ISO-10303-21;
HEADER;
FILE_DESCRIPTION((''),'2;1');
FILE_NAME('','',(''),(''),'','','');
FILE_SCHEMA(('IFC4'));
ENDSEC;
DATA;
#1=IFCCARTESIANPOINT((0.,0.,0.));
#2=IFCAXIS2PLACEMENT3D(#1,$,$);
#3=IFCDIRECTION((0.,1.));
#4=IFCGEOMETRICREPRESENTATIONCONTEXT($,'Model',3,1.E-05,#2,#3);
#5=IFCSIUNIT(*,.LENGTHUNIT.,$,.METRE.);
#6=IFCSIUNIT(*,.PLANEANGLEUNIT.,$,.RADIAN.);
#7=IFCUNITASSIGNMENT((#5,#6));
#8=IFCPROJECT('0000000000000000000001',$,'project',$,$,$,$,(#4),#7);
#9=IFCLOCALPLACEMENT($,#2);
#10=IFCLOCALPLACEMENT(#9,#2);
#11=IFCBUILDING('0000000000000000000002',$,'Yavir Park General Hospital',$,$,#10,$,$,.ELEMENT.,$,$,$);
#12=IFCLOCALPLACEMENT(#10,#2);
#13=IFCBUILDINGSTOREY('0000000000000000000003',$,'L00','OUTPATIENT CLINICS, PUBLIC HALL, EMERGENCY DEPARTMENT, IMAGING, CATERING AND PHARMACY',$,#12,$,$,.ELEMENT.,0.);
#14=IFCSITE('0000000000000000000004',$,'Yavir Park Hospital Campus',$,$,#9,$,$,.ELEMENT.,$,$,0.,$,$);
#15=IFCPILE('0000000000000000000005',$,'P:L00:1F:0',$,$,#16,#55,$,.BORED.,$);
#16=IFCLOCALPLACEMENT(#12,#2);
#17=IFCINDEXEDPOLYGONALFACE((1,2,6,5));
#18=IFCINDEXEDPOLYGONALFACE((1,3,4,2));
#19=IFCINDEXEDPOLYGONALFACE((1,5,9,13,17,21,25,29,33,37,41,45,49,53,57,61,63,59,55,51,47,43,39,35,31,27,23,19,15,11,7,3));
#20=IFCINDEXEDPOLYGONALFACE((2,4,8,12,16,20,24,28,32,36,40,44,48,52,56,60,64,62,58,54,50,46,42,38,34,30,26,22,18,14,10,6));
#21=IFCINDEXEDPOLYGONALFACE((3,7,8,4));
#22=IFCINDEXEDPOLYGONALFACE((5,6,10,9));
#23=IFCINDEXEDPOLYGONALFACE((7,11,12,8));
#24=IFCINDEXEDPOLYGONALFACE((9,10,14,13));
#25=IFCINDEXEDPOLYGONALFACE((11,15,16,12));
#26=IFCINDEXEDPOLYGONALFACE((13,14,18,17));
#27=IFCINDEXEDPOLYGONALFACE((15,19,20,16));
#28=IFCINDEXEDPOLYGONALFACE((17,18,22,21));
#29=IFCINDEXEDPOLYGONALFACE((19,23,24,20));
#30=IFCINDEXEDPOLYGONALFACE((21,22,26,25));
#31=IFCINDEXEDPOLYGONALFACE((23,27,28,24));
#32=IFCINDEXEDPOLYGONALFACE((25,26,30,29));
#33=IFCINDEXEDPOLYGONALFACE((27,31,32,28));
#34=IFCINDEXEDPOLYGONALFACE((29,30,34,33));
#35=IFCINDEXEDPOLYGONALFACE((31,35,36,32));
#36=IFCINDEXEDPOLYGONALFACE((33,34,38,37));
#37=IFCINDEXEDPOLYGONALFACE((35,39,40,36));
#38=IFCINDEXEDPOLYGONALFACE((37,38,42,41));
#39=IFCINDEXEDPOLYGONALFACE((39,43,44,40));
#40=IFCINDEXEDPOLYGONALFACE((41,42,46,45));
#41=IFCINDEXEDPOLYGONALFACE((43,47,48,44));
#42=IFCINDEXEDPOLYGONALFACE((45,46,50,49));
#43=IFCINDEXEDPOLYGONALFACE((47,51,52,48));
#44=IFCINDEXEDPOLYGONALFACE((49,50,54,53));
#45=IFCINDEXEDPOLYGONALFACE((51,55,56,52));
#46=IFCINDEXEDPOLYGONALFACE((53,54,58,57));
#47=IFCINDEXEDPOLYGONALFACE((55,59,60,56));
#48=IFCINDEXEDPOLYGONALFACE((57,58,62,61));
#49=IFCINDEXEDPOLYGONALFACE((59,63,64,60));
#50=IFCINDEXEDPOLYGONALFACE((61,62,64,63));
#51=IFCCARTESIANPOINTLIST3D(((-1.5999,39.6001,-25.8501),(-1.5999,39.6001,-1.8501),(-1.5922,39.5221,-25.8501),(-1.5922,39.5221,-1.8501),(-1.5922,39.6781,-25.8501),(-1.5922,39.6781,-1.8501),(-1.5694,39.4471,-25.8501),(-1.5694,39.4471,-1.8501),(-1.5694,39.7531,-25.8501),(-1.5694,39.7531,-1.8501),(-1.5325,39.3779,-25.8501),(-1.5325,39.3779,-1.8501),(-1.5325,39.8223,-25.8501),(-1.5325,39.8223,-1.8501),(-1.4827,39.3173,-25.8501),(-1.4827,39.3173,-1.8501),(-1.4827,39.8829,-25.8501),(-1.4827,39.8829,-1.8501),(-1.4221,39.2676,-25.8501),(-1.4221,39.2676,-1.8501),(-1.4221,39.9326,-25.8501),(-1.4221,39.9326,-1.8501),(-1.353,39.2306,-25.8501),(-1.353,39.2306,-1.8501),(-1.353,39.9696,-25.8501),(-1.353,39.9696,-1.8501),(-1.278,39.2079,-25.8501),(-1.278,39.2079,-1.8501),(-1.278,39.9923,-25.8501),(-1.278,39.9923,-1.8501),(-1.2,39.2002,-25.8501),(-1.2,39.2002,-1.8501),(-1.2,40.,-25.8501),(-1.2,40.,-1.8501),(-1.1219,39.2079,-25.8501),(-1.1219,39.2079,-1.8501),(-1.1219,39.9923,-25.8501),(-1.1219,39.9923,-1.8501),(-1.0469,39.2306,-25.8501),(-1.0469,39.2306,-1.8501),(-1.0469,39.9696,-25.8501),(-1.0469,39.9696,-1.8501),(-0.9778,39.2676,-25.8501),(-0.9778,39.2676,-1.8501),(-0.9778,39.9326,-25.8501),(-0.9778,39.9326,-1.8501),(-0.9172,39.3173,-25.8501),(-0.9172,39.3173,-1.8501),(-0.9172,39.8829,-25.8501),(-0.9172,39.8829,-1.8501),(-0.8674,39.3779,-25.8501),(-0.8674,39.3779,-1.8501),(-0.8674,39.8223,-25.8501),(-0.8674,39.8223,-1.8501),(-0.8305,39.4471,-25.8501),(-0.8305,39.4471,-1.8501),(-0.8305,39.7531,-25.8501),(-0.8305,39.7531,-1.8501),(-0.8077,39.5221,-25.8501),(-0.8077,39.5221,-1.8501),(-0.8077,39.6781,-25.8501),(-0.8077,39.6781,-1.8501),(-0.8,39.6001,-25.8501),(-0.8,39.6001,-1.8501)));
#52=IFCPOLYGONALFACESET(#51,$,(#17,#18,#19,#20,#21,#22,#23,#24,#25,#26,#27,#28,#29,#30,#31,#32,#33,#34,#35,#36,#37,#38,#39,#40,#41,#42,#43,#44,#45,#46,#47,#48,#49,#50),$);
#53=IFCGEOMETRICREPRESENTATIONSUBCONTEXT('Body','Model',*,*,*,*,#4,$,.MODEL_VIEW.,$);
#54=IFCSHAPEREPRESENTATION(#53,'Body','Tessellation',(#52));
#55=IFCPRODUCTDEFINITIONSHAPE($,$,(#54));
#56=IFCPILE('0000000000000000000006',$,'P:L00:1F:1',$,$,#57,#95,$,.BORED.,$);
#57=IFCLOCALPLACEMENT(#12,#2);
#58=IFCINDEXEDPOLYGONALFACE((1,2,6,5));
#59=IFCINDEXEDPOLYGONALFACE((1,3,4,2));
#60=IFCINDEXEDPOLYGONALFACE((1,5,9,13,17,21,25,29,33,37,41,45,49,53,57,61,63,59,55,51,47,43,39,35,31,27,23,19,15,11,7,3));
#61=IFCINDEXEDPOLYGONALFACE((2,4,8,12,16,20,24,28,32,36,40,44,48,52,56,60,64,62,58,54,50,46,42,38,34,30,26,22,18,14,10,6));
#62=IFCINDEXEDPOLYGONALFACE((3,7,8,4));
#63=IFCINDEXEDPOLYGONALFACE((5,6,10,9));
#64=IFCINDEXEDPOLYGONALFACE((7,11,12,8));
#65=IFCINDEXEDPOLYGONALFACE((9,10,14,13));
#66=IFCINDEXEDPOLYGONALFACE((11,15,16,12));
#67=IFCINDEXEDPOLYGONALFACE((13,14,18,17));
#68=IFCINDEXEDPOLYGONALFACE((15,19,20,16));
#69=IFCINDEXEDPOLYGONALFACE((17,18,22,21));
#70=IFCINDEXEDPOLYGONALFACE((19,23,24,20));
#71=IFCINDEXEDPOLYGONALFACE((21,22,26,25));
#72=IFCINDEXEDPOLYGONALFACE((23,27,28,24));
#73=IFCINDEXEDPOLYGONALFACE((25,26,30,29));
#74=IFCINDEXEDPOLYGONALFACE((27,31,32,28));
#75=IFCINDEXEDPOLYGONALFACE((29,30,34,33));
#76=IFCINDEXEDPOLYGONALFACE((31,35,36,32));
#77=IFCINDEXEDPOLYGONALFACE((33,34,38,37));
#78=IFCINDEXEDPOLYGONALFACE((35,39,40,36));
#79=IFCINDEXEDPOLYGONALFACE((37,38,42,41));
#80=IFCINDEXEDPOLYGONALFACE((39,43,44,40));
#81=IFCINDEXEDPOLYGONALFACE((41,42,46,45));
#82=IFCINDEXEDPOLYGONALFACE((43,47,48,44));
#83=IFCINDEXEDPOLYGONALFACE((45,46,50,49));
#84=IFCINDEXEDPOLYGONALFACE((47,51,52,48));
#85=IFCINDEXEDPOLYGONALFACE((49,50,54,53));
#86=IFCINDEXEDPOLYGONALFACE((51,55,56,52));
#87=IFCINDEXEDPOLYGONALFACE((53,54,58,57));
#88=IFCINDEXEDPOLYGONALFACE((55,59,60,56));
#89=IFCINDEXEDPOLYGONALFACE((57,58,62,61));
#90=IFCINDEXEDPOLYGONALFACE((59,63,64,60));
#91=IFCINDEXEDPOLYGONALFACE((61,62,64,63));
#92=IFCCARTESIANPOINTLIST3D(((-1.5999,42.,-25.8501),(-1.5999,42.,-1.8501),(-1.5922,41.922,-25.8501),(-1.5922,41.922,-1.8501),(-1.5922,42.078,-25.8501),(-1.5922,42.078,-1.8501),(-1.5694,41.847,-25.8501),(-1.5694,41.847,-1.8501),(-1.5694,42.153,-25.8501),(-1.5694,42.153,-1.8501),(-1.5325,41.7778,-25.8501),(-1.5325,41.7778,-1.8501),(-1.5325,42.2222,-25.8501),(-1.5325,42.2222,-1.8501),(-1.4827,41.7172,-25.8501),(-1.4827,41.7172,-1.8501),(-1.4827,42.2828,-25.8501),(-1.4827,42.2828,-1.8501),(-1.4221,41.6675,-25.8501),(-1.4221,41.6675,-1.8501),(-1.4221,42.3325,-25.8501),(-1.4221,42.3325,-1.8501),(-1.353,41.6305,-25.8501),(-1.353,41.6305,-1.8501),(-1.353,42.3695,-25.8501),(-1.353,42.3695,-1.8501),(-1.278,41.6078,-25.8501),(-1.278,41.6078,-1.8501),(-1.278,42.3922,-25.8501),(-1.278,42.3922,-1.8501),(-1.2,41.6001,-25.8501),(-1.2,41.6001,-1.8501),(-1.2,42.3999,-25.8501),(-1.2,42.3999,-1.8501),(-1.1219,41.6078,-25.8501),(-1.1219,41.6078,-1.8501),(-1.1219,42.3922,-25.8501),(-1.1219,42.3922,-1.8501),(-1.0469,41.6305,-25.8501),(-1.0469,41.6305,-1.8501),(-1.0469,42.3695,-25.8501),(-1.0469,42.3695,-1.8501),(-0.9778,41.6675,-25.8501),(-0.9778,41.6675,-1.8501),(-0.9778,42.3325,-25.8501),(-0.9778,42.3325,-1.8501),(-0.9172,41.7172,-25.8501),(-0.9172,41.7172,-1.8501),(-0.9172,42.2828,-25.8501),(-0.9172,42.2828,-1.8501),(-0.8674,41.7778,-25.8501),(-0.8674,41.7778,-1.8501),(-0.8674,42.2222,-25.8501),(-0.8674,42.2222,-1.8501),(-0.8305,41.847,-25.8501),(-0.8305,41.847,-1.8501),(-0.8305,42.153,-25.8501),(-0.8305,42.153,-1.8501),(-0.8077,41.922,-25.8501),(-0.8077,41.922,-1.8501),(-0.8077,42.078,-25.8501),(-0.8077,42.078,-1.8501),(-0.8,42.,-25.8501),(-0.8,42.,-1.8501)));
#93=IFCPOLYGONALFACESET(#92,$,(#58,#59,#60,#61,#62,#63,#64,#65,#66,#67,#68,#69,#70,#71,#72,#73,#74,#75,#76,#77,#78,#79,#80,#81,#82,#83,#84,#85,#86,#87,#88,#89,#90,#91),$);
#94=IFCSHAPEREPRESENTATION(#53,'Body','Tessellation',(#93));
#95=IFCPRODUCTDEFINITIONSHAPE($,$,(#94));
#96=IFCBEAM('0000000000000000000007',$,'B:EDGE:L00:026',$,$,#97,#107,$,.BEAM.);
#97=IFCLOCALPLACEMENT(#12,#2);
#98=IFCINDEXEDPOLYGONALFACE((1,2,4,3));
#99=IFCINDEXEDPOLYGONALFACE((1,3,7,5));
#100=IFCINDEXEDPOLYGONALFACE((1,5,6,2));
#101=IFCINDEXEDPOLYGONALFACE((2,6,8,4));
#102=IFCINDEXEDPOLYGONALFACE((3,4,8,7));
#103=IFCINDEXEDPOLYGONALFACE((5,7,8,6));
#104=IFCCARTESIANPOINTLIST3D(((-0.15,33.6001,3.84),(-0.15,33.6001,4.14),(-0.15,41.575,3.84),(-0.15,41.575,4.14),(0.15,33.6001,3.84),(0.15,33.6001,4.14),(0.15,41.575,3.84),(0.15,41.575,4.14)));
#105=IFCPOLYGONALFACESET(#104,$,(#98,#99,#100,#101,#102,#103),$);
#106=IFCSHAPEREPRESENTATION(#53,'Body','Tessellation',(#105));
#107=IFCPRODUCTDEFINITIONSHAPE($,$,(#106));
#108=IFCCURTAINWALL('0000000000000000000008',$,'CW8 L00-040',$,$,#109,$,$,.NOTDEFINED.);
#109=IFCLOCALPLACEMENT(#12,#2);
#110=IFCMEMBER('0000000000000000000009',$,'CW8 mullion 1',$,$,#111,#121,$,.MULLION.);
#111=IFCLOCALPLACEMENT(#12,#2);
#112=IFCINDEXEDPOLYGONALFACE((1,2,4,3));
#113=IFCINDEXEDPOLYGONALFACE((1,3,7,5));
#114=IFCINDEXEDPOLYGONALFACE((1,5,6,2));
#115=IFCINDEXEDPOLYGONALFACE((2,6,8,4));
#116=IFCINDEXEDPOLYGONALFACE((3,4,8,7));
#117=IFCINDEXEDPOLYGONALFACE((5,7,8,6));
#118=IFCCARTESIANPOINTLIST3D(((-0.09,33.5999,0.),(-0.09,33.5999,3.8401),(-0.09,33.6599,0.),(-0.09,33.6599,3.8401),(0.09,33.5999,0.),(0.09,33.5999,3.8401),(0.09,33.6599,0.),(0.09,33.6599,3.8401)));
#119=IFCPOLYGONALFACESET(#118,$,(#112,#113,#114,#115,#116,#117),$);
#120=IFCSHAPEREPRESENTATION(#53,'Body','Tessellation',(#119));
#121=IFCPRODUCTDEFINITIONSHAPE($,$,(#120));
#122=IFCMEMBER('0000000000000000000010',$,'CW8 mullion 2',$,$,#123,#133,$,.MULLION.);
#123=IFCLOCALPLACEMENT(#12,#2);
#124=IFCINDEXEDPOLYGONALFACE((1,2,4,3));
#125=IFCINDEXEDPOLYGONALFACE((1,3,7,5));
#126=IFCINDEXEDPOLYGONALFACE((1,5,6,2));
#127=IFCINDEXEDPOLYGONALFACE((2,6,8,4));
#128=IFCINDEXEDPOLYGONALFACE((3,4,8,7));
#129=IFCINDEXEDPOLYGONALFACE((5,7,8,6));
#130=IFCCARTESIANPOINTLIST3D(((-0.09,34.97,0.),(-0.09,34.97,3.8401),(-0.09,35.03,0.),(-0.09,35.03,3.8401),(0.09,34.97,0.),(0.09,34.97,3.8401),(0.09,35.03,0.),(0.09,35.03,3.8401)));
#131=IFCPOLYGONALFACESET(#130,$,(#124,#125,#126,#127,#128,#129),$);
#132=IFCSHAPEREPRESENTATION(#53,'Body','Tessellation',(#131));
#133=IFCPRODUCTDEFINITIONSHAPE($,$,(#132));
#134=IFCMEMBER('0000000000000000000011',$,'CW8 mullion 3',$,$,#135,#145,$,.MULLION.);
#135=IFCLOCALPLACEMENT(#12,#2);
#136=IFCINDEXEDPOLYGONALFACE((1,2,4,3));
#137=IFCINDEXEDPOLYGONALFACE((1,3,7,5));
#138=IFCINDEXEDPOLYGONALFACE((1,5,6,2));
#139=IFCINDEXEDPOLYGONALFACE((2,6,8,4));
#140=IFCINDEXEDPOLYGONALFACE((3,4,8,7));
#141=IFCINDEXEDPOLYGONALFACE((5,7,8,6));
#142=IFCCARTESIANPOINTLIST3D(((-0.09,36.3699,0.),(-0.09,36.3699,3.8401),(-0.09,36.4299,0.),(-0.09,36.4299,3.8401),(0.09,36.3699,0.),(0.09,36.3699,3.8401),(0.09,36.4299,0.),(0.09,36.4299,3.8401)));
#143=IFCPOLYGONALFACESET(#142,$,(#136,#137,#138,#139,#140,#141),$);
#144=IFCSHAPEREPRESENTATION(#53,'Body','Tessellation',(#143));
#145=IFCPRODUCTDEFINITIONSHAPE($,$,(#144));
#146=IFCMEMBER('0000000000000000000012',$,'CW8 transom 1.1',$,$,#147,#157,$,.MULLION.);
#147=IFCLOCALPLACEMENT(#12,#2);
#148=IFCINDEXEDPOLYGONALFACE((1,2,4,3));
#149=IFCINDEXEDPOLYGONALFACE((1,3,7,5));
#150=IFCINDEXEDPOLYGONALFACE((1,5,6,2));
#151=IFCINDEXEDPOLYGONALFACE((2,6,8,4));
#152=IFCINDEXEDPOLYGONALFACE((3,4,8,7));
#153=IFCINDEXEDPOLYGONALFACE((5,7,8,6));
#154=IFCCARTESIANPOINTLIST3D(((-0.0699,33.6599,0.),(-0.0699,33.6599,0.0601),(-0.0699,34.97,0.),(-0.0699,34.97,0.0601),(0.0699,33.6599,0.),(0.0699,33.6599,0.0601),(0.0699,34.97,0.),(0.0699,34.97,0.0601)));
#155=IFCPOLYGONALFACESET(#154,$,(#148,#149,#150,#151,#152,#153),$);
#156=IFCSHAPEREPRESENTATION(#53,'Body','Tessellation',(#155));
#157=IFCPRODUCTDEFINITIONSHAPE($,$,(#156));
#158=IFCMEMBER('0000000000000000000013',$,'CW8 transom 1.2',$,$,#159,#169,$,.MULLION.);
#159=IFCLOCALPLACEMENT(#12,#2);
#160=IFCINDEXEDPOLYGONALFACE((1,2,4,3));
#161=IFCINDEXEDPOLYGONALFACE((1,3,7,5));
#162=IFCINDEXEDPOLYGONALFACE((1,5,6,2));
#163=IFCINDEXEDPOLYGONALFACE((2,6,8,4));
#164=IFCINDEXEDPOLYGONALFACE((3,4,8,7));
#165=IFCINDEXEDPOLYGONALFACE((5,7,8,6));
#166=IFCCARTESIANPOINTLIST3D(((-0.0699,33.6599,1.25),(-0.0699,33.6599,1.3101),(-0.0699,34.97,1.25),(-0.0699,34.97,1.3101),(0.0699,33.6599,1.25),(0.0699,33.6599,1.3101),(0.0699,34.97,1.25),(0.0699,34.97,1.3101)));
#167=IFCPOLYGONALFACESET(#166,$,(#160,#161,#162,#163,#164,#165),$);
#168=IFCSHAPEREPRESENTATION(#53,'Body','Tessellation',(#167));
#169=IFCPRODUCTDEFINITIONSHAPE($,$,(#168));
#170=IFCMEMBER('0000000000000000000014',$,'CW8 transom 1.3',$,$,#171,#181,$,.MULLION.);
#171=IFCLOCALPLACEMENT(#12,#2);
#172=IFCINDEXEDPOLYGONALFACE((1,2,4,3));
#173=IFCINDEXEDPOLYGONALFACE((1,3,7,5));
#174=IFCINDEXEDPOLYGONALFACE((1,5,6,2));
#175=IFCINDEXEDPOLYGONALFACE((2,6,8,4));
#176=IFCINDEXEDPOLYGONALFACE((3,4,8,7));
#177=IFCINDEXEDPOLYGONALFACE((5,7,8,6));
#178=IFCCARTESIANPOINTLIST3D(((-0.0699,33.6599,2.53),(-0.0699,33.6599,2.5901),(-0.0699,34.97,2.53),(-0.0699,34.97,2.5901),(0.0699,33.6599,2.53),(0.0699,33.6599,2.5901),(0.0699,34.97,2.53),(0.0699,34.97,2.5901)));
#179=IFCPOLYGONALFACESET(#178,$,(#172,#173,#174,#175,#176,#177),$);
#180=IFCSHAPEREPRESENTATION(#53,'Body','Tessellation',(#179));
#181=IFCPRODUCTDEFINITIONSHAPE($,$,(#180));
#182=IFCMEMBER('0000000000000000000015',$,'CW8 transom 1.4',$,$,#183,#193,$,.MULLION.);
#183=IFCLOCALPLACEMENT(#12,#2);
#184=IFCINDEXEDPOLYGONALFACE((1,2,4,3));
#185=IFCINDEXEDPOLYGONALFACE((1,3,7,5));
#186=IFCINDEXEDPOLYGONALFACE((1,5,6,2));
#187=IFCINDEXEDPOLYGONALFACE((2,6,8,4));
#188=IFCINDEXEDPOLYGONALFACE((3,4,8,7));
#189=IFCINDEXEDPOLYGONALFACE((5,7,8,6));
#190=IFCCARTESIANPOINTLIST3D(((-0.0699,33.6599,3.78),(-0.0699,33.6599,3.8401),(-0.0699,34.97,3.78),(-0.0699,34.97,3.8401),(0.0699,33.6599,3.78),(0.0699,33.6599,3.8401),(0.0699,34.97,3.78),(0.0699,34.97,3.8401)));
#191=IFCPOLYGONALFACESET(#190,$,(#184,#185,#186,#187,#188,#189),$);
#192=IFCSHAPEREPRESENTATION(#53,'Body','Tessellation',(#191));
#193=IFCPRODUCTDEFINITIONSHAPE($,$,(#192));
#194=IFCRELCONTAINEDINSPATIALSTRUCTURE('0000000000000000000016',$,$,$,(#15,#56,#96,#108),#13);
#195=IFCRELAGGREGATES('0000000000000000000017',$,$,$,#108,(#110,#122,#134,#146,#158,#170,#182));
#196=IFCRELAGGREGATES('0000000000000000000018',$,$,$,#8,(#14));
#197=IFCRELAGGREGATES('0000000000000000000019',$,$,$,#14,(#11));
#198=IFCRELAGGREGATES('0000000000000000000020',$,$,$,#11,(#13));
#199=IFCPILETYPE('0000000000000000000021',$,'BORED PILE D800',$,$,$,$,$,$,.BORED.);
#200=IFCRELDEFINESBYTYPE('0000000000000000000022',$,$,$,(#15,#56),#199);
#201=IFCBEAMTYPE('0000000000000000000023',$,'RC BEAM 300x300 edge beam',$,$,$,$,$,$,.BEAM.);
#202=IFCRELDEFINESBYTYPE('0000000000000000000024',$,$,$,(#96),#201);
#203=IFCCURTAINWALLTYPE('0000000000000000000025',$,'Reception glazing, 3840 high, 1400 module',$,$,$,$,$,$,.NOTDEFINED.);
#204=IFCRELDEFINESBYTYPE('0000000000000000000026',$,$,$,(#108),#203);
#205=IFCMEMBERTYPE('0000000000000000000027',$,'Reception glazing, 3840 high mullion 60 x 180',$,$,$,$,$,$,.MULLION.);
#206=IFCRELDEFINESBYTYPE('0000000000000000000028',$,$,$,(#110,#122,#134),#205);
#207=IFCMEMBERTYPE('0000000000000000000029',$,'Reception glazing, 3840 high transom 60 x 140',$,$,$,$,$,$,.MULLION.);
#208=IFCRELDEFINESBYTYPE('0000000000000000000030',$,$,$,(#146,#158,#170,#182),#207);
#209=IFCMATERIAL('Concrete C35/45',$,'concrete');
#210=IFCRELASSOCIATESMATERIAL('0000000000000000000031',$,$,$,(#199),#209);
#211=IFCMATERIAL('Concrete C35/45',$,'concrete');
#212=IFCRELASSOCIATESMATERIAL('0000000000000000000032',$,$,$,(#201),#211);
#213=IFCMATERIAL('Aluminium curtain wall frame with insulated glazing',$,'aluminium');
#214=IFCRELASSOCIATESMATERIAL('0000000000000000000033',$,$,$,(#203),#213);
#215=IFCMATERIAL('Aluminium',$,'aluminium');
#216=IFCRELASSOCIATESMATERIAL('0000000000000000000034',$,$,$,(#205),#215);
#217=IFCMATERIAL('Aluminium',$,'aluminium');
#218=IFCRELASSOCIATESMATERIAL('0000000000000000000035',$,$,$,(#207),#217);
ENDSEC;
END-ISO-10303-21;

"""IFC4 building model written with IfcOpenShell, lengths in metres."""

from ifc_helpers import new_model, si_unit, direction, frame, origin, origin_2d, place, context, subcontext, project, spatial, rectangle, circle, extrude, material, material_profile, profile_set, type_object, element, aggregate, save


model = new_model("IFC4")

# Units and contexts
model_context = context("Model", 3, precision=1e-05, world=origin(), true_north=direction((0.0, 1.0)))
body_context = subcontext(model_context, "Body", "Model", "MODEL_VIEW")
ifc_project = project(units=[si_unit("LENGTHUNIT", "METRE"), si_unit("PLANEANGLEUNIT", "RADIAN")], contexts=[model_context])

# Site, building, storey
site_placement = place(None, origin())
site = spatial("IfcSite", under=ifc_project, at=site_placement, Name="Yavir Park Hospital Campus", CompositionType="ELEMENT", RefElevation=0.0)
building_placement = place(site_placement, origin())
building = spatial("IfcBuilding", under=site, at=building_placement, Name="Yavir Park General Hospital", CompositionType="ELEMENT")
storey_placement = place(building_placement, origin())
storey = spatial("IfcBuildingStorey", under=building, at=storey_placement, Name="L00", Description="OUTPATIENT CLINICS, PUBLIC HALL, EMERGENCY DEPARTMENT, IMAGING, CATERING AND PHARMACY", CompositionType="ELEMENT", Elevation=0.0)

# Piles
ifc_material_1 = material(Name="Concrete C35/45", Category="concrete")
ifc_material_profile_1 = material_profile(ifc_material_1, circle(Radius=0.3999, at=origin_2d()), Name="D800")
ifc_profile_set_1 = profile_set([ifc_material_profile_1], Name="Concrete C35/45")
pile_type = type_object("IfcPileType", Name="BORED PILE D800", PredefinedType="BORED", material=ifc_profile_set_1)
for number, where, z_axis, x_axis, name in (
    (1, (-1.2, 39.6001, -1.8501), (0.0, 0.0, -1.0), (1.0, 0.0, 0.0), "P:L00:1F:0"),
    (2, (-1.2, 42.0, -1.8501), (0.0, 0.0, -1.0), (1.0, 0.0, 0.0), "P:L00:1F:1"),
):
    element("IfcPile", number, at=place(storey_placement, frame(where, z_axis=z_axis, x_axis=x_axis)), inside=storey, type_object=pile_type, Name=name, PredefinedType="BORED", context=body_context, shape_type="SweptSolid", body=[
        extrude(circle(Radius=0.3999, at=origin_2d()), origin(), (0.0, 0.0, 1.0), 24.0),
    ])

# Beam
ifc_material_2 = material(Name="Concrete C35/45", Category="concrete")
ifc_material_profile_2 = material_profile(ifc_material_2, rectangle(XDim=0.3, YDim=0.3, at=origin_2d()), Name="RC300x300")
ifc_profile_set_2 = profile_set([ifc_material_profile_2], Name="Concrete C35/45")
beam_type = type_object("IfcBeamType", Name="RC BEAM 300x300 edge beam", PredefinedType="BEAM", material=ifc_profile_set_2)
beam_placement = place(storey_placement, frame((0.0, 33.6001, 3.99), z_axis=(0.0, 1.0, 0.0), x_axis=(-1.0, 0.0, 0.0)))
element("IfcBeam", 3, at=beam_placement, inside=storey, type_object=beam_type, Name="B:EDGE:L00:026", PredefinedType="BEAM", context=body_context, shape_type="SweptSolid", body=[
    extrude(rectangle(XDim=0.3, YDim=0.3, at=origin_2d()), origin(), (0.0, 0.0, 1.0), 7.9749),
])

# Curtain wall, members
ifc_material_3 = material(Name="Aluminium curtain wall frame with insulated glazing", Category="aluminium")
curtain_wall_type_1 = type_object("IfcCurtainWallType", Name="Reception glazing, 3840 high, 1400 module", PredefinedType="NOTDEFINED", material=ifc_material_3)
curtain_wall_1_placement = place(storey_placement, origin())
curtain_wall_1 = element("IfcCurtainWall", 4, at=curtain_wall_1_placement, inside=storey, type_object=curtain_wall_type_1, Name="CW8 L00-040", PredefinedType="NOTDEFINED")
ifc_material_4 = material(Name="Aluminium", Category="aluminium")
ifc_material_profile_3 = material_profile(ifc_material_4, rectangle(XDim=0.1799, YDim=0.0601, at=origin_2d()), Name="AL 60x180")
ifc_profile_set_3 = profile_set([ifc_material_profile_3], Name="Aluminium")
member_type_1 = type_object("IfcMemberType", Name="Reception glazing, 3840 high mullion 60 x 180", PredefinedType="MULLION", material=ifc_profile_set_3)
member_1_placement = place(storey_placement, frame((0.0, 33.6299, 0.0), z_axis=(0.0, 0.0, 1.0), x_axis=(-1.0, 0.0, 0.0)))
member_1 = element("IfcMember", 5, at=member_1_placement, type_object=member_type_1, Name="CW8 mullion 1", PredefinedType="MULLION", context=body_context, shape_type="SweptSolid", body=[
    extrude(rectangle(XDim=0.1799, YDim=0.0601, at=origin_2d()), origin(), (0.0, 0.0, 1.0), 3.8401),
])
member_2_placement = place(storey_placement, frame((0.0, 35.0, 0.0), z_axis=(0.0, 0.0, 1.0), x_axis=(-1.0, 0.0, 0.0)))
member_2 = element("IfcMember", 6, at=member_2_placement, type_object=member_type_1, Name="CW8 mullion 2", PredefinedType="MULLION", context=body_context, shape_type="SweptSolid", body=[
    extrude(rectangle(XDim=0.1799, YDim=0.0601, at=origin_2d()), origin(), (0.0, 0.0, 1.0), 3.8401),
])
member_3_placement = place(storey_placement, frame((0.0, 36.3999, 0.0), z_axis=(0.0, 0.0, 1.0), x_axis=(-1.0, 0.0, 0.0)))
member_3 = element("IfcMember", 7, at=member_3_placement, type_object=member_type_1, Name="CW8 mullion 3", PredefinedType="MULLION", context=body_context, shape_type="SweptSolid", body=[
    extrude(rectangle(XDim=0.1799, YDim=0.0601, at=origin_2d()), origin(), (0.0, 0.0, 1.0), 3.8401),
])
ifc_material_5 = material(Name="Aluminium", Category="aluminium")
ifc_material_profile_4 = material_profile(ifc_material_5, rectangle(XDim=0.1399, YDim=0.0601, at=origin_2d()), Name="AL 140x60")
ifc_profile_set_4 = profile_set([ifc_material_profile_4], Name="Aluminium")
member_type_2 = type_object("IfcMemberType", Name="Reception glazing, 3840 high transom 60 x 140", PredefinedType="MULLION", material=ifc_profile_set_4)
member_4_placement = place(storey_placement, frame((0.0, 33.6599, 0.03), z_axis=(0.0, 1.0, 0.0), x_axis=(-1.0, 0.0, 0.0)))
member_4 = element("IfcMember", 8, at=member_4_placement, type_object=member_type_2, Name="CW8 transom 1.1", PredefinedType="MULLION", context=body_context, shape_type="SweptSolid", body=[
    extrude(rectangle(XDim=0.1399, YDim=0.0601, at=origin_2d()), origin(), (0.0, 0.0, 1.0), 1.3101),
])
member_5_placement = place(storey_placement, frame((0.0, 33.6599, 1.28), z_axis=(0.0, 1.0, 0.0), x_axis=(-1.0, 0.0, 0.0)))
member_5 = element("IfcMember", 9, at=member_5_placement, type_object=member_type_2, Name="CW8 transom 1.2", PredefinedType="MULLION", context=body_context, shape_type="SweptSolid", body=[
    extrude(rectangle(XDim=0.1399, YDim=0.0601, at=origin_2d()), origin(), (0.0, 0.0, 1.0), 1.3101),
])
member_6_placement = place(storey_placement, frame((0.0, 33.6599, 2.5601), z_axis=(0.0, 1.0, 0.0), x_axis=(-1.0, 0.0, 0.0)))
member_6 = element("IfcMember", 10, at=member_6_placement, type_object=member_type_2, Name="CW8 transom 1.3", PredefinedType="MULLION", context=body_context, shape_type="SweptSolid", body=[
    extrude(rectangle(XDim=0.1399, YDim=0.0601, at=origin_2d()), origin(), (0.0, 0.0, 1.0), 1.3101),
])
member_7_placement = place(storey_placement, frame((0.0, 33.6599, 3.8101), z_axis=(0.0, 1.0, 0.0), x_axis=(-1.0, 0.0, 0.0)))
member_7 = element("IfcMember", 11, at=member_7_placement, type_object=member_type_2, Name="CW8 transom 1.4", PredefinedType="MULLION", context=body_context, shape_type="SweptSolid", body=[
    extrude(rectangle(XDim=0.1399, YDim=0.0601, at=origin_2d()), origin(), (0.0, 0.0, 1.0), 1.3101),
])

aggregate(curtain_wall_1, [member_1, member_2, member_3, member_4, member_5, member_6, member_7])

save(model, "model.ifc")
